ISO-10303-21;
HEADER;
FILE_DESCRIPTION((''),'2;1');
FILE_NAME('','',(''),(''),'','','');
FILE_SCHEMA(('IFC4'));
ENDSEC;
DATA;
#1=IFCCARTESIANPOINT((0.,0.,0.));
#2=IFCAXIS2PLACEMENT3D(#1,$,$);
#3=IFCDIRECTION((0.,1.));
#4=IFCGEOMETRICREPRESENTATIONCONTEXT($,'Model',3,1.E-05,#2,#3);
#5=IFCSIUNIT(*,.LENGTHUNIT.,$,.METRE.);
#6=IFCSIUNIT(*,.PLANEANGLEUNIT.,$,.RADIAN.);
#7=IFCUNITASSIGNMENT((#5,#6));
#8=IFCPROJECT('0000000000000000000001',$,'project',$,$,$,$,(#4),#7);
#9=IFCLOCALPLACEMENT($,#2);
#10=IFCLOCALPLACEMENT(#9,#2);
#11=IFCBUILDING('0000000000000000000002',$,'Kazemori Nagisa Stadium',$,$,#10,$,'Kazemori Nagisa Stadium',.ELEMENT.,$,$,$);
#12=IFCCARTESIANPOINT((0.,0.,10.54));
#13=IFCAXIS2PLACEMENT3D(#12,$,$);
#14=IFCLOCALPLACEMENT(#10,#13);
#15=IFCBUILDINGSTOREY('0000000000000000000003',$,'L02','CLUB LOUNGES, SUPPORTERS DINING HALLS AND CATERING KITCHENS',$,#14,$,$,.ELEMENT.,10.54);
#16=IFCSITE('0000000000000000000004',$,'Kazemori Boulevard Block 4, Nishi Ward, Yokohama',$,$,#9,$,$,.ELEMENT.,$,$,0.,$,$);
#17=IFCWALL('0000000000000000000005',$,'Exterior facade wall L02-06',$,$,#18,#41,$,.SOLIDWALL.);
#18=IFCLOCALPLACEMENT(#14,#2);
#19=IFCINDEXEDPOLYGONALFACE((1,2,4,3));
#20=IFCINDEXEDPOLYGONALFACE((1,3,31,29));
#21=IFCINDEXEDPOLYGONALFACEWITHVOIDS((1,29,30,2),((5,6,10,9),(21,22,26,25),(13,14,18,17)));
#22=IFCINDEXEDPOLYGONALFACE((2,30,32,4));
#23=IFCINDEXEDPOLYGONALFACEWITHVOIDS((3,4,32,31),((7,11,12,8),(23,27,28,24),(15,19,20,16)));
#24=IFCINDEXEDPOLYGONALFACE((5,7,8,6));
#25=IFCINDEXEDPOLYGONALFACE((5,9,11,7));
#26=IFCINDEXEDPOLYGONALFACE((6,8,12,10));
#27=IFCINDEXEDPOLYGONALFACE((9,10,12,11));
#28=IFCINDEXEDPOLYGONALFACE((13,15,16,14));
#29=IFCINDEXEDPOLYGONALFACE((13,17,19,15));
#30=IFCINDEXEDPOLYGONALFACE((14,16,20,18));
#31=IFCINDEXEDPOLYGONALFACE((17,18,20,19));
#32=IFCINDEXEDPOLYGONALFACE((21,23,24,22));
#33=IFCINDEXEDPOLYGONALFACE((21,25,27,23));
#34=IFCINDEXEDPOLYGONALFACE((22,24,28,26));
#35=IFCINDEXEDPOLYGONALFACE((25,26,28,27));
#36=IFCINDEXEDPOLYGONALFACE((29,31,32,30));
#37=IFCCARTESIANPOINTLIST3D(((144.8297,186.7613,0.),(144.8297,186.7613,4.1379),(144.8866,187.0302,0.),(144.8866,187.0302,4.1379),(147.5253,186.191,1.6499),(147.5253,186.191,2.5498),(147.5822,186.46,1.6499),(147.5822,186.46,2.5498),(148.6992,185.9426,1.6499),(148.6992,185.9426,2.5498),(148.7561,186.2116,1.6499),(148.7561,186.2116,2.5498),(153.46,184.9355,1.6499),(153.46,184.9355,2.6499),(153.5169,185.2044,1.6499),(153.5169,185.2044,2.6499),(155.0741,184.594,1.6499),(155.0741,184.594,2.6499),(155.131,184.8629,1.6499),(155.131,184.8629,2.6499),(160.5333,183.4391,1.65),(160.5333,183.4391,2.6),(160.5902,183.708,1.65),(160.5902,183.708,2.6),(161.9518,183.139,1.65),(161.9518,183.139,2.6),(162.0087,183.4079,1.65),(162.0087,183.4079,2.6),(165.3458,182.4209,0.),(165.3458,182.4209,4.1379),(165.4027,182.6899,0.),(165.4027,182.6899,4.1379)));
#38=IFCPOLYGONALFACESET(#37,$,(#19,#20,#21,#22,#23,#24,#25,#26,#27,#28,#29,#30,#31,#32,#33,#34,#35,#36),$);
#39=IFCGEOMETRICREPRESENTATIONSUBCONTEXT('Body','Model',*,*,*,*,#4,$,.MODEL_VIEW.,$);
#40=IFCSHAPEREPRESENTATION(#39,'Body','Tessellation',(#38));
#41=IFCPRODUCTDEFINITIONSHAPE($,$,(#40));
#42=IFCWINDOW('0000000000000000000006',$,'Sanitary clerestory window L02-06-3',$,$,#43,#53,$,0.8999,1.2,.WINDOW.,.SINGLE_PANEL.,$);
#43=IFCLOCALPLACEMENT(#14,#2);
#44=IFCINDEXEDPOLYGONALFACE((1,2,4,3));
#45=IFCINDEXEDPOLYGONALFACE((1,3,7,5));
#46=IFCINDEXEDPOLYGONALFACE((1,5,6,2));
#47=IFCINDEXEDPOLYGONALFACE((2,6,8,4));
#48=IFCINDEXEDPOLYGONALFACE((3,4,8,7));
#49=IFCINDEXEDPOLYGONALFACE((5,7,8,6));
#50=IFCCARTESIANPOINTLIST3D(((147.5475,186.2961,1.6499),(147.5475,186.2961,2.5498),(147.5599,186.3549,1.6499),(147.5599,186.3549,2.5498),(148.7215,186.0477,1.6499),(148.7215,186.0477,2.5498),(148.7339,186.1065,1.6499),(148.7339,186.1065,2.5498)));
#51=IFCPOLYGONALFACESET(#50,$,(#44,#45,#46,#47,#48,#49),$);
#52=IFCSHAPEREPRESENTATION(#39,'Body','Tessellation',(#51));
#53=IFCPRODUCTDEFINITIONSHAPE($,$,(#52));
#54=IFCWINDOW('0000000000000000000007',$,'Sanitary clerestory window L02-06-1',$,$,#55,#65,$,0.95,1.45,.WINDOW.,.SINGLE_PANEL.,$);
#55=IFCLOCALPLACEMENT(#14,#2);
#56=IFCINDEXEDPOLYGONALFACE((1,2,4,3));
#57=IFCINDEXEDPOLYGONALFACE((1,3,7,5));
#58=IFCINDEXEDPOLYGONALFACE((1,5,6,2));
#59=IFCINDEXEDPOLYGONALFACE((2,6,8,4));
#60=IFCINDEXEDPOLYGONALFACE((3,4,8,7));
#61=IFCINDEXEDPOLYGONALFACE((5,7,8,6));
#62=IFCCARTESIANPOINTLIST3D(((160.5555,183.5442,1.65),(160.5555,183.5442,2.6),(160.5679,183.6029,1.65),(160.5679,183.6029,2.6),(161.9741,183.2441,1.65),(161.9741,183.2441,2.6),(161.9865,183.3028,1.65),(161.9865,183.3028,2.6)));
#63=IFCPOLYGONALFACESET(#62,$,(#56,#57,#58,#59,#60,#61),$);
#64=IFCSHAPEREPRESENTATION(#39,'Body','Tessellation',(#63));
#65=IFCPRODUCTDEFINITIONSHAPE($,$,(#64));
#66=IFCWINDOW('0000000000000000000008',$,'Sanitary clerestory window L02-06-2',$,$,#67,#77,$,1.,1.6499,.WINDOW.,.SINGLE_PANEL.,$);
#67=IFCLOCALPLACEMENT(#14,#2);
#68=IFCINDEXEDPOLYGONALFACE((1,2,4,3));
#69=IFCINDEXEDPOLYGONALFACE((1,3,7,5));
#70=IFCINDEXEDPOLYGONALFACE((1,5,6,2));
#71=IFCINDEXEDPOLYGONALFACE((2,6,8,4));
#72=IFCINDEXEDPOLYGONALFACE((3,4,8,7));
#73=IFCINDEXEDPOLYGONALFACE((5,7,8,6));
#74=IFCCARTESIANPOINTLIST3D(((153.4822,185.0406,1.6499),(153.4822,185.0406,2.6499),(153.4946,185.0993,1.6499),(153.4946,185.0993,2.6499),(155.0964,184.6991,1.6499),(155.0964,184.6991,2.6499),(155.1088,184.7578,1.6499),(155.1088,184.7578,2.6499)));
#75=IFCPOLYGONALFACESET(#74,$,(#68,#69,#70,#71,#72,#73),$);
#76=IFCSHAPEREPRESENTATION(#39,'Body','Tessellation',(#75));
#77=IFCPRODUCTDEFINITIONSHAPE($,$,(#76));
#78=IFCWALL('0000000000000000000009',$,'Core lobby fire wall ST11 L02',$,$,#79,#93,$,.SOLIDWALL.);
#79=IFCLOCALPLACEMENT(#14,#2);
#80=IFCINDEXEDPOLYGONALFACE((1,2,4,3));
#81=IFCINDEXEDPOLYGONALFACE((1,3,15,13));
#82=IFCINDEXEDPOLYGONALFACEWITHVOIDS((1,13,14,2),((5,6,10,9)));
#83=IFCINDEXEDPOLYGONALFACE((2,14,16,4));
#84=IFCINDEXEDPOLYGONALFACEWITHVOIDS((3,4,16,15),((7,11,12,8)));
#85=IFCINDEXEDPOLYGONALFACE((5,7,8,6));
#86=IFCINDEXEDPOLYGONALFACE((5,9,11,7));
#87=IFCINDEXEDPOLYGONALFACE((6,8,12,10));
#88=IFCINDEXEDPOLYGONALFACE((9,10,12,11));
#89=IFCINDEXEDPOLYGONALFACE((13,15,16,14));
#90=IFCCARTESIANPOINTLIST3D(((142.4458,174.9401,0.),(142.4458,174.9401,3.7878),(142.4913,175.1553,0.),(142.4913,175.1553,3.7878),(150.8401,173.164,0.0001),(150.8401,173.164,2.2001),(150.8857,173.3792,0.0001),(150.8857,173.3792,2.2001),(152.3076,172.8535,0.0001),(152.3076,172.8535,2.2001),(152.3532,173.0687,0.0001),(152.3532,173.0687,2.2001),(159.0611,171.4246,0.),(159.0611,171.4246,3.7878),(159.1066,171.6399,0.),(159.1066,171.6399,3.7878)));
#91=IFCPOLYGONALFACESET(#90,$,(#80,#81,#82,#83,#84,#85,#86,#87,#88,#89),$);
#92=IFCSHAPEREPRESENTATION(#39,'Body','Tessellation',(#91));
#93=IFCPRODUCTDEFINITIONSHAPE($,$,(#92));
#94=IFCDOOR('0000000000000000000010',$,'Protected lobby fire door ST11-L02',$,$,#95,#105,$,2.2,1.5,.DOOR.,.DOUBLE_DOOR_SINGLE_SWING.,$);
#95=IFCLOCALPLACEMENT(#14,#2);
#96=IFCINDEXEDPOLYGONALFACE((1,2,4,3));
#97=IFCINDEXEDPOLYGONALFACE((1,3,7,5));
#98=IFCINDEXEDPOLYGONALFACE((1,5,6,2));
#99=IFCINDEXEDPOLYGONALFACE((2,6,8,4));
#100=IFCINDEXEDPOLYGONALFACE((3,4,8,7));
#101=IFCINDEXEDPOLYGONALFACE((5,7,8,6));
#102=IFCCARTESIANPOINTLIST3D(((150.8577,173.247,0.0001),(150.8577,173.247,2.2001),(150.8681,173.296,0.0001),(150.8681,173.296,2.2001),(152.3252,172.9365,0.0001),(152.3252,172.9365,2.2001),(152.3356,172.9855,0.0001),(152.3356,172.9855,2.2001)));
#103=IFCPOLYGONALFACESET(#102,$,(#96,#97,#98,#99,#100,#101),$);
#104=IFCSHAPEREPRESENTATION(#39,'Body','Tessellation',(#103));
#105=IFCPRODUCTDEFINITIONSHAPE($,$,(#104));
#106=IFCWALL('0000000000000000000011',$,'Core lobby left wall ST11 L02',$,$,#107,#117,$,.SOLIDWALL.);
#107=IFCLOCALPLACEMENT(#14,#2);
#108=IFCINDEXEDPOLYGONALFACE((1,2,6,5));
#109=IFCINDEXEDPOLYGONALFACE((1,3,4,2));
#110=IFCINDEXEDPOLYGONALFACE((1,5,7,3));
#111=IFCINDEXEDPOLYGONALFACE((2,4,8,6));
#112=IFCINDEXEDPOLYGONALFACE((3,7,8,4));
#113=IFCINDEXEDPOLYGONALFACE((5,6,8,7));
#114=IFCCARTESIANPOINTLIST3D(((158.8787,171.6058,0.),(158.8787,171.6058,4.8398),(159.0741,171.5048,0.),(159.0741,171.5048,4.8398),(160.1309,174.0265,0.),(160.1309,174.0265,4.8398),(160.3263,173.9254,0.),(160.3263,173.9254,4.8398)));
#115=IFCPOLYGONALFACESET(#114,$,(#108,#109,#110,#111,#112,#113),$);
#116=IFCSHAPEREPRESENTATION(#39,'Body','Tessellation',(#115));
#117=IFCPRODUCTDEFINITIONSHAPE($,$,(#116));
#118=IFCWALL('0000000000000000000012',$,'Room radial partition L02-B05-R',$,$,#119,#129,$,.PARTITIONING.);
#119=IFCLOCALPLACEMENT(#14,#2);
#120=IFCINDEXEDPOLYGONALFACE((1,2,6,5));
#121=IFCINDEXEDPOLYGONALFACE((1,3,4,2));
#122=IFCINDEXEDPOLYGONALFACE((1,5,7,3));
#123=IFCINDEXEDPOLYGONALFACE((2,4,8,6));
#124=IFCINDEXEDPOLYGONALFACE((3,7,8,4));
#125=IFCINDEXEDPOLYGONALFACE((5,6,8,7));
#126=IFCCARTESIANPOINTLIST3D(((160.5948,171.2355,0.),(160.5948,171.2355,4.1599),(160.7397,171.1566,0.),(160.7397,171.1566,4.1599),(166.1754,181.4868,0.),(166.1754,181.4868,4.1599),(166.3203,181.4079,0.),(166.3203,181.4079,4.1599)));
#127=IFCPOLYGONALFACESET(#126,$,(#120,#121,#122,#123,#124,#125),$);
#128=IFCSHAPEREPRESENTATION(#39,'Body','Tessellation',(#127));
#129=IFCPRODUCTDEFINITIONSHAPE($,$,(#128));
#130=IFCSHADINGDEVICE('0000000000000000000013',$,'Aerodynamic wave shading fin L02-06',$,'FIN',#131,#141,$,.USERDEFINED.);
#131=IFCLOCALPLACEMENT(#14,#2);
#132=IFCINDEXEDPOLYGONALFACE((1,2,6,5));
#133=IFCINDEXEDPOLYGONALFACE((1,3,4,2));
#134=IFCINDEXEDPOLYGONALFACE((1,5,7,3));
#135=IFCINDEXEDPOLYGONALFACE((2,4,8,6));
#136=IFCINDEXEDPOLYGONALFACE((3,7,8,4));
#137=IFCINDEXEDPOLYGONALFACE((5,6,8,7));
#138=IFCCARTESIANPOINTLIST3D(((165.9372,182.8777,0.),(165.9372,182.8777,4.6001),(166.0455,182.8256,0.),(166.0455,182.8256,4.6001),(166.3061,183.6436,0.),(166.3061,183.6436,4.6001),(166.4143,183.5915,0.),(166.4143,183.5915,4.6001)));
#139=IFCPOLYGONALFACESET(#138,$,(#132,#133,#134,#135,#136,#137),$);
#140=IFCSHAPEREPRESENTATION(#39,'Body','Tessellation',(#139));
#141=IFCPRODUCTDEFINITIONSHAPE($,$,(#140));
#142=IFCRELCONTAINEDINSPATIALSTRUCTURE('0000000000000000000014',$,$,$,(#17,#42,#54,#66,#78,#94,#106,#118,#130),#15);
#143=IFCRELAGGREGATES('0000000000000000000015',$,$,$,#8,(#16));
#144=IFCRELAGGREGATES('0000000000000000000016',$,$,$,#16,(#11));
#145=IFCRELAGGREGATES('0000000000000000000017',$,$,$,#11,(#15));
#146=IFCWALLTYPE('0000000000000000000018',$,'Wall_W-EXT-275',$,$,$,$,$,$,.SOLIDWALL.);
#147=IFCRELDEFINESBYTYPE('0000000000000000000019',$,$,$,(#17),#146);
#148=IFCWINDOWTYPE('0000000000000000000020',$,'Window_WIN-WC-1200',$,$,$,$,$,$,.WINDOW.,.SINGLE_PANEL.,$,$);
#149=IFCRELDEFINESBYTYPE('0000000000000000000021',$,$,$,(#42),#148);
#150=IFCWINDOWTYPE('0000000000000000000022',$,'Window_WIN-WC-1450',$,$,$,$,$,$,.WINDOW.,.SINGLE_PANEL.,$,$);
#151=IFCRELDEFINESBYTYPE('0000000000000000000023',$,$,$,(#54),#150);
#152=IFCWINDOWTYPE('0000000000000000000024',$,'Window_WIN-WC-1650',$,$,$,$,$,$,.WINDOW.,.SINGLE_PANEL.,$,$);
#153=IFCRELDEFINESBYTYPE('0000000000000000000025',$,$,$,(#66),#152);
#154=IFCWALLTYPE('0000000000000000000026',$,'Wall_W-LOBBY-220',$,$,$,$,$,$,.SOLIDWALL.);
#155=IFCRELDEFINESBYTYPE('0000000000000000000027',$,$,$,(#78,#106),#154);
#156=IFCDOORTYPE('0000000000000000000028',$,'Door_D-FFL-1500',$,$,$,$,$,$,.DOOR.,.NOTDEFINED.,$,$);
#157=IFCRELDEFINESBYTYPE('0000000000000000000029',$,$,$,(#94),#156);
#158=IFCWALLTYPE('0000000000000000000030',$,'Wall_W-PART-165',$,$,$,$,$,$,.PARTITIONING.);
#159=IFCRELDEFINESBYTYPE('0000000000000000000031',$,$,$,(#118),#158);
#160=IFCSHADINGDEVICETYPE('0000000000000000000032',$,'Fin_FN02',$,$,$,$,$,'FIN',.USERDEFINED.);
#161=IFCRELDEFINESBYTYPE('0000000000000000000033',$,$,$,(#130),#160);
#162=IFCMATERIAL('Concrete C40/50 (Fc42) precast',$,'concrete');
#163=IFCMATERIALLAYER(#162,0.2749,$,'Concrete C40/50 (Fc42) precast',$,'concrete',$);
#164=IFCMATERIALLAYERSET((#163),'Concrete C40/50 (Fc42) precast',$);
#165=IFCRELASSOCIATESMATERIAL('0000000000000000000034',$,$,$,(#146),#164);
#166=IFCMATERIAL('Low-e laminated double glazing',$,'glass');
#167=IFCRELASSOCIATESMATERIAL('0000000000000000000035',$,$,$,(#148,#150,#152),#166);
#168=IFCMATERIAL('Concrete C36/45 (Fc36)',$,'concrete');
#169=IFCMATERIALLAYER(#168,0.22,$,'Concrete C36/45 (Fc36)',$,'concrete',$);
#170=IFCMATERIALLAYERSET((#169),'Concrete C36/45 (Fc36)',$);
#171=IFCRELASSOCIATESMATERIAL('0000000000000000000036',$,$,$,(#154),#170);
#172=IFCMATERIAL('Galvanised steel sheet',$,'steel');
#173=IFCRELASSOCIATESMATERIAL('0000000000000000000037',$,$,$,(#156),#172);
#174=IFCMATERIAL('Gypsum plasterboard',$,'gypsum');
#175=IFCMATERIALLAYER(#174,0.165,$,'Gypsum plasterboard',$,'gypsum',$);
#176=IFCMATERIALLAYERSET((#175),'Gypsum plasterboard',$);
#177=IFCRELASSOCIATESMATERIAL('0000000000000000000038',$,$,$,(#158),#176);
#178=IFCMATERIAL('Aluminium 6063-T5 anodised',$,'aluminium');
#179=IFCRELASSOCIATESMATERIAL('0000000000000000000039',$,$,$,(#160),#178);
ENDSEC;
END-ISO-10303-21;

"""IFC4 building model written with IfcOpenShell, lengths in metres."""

from ifc_helpers import new_model, si_unit, direction, frame, frame_2d, origin, origin_2d, place, context, subcontext, project, spatial, rectangle, extrude, material, layer, layer_set, type_object, element, fill, save


model = new_model("IFC4")

# Units and contexts
model_context = context("Model", 3, precision=1e-05, world=origin(), true_north=direction((0.0, 1.0)))
body_context = subcontext(model_context, "Body", "Model", "MODEL_VIEW")
ifc_project = project(units=[si_unit("LENGTHUNIT", "METRE"), si_unit("PLANEANGLEUNIT", "RADIAN")], contexts=[model_context])

# Site, building, storey
site_placement = place(None, origin())
site = spatial("IfcSite", under=ifc_project, at=site_placement, Name="Kazemori Boulevard Block 4, Nishi Ward, Yokohama", CompositionType="ELEMENT", RefElevation=0.0)
building_placement = place(site_placement, origin())
building = spatial("IfcBuilding", under=site, at=building_placement, Name="Kazemori Nagisa Stadium", LongName="Kazemori Nagisa Stadium", CompositionType="ELEMENT")
storey_placement = place(building_placement, frame((0.0, 0.0, 10.54)))
storey = spatial("IfcBuildingStorey", under=building, at=storey_placement, Name="L02", Description="CLUB LOUNGES, SUPPORTERS DINING HALLS AND CATERING KITCHENS", CompositionType="ELEMENT", Elevation=10.54)

# Shared definitions
ifc_material_1 = material(Name="Aluminium 6063-T5 anodised", Category="aluminium")
ifc_material_2 = material(Name="Low-e laminated double glazing", Category="glass")

# Shared definitions
ifc_material_3 = material(Name="Galvanised steel sheet", Category="steel")

# Wall, openings, windows
ifc_material_4 = material(Name="Concrete C40/50 (Fc42) precast", Category="concrete")
ifc_layer_1 = layer(ifc_material_4, 0.2749, Name="Concrete C40/50 (Fc42) precast", Category="concrete")
ifc_layer_set_1 = layer_set([ifc_layer_1], Name="Concrete C40/50 (Fc42) precast")
wall_type_1 = type_object("IfcWallType", Name="Wall_W-EXT-275", PredefinedType="SOLIDWALL", material=ifc_layer_set_1)
wall_1_placement = place(storey_placement, frame((165.3743, 182.5554, 0.0), z_axis=(0.0, 0.0, 1.0), x_axis=(-0.978346, 0.206976, 0.0)))
wall_1 = element("IfcWall", 1, at=wall_1_placement, inside=storey, type_object=wall_type_1, Name="Exterior facade wall L02-06", PredefinedType="SOLIDWALL", context=body_context, shape_type="SweptSolid", body=[
    extrude(rectangle(XDim=20.9702, YDim=0.2749, at=frame_2d((10.4851, 0.0))), origin(), (0.0, 0.0, 1.0), 4.1379),
])
opening_1_placement = place(wall_1_placement, frame((3.469, 0.0, 1.6499)))
opening_1 = element("IfcOpeningElement", 2, at=opening_1_placement, cuts=wall_1, PredefinedType="OPENING", context=body_context, shape_type="SweptSolid", body=[
    extrude(rectangle(XDim=1.45, YDim=0.95, at=frame_2d((0.7251, 0.4751))), frame((0.0, 0.1475, 0.0), z_axis=(0.0, -1.0, 0.0), x_axis=(1.0, 0.0, 0.0)), (0.0, 0.0, 1.0), 0.2949),
])
opening_2_placement = place(wall_1_placement, frame((10.499, 0.0, 1.6499)))
opening_2 = element("IfcOpeningElement", 3, at=opening_2_placement, cuts=wall_1, PredefinedType="OPENING", context=body_context, shape_type="SweptSolid", body=[
    extrude(rectangle(XDim=1.6499, YDim=1.0, at=frame_2d((0.825, 0.5))), frame((0.0, 0.1475, 0.0), z_axis=(0.0, -1.0, 0.0), x_axis=(1.0, 0.0, 0.0)), (0.0, 0.0, 1.0), 0.2949),
])
opening_3_placement = place(wall_1_placement, frame((17.0149, 0.0, 1.6499)))
opening_3 = element("IfcOpeningElement", 4, at=opening_3_placement, cuts=wall_1, PredefinedType="OPENING", context=body_context, shape_type="SweptSolid", body=[
    extrude(rectangle(XDim=1.2, YDim=0.8999, at=frame_2d((0.6001, 0.45))), frame((0.0, 0.1475, 0.0), z_axis=(0.0, -1.0, 0.0), x_axis=(1.0, 0.0, 0.0)), (0.0, 0.0, 1.0), 0.2949),
])
window_type_1 = type_object("IfcWindowType", Name="Window_WIN-WC-1200", PartitioningType="SINGLE_PANEL", PredefinedType="WINDOW", material=ifc_material_2)
window_1_placement = place(opening_3_placement, origin())
window_1 = element("IfcWindow", 5, at=window_1_placement, inside=storey, type_object=window_type_1, Name="Sanitary clerestory window L02-06-3", OverallHeight=0.8999, OverallWidth=1.2, PartitioningType="SINGLE_PANEL", PredefinedType="WINDOW", context=body_context, shape_type="SweptSolid", body=[
    extrude(rectangle(XDim=1.2, YDim=0.8999, at=frame_2d((0.6001, 0.45))), frame((0.0, 0.03, 0.0), z_axis=(0.0, -1.0, 0.0), x_axis=(1.0, 0.0, 0.0)), (0.0, 0.0, 1.0), 0.0601),
])
fill(opening_3, window_1)
window_type_2 = type_object("IfcWindowType", Name="Window_WIN-WC-1450", PartitioningType="SINGLE_PANEL", PredefinedType="WINDOW", material=ifc_material_2)
window_2_placement = place(opening_1_placement, origin())
window_2 = element("IfcWindow", 6, at=window_2_placement, inside=storey, type_object=window_type_2, Name="Sanitary clerestory window L02-06-1", OverallHeight=0.95, OverallWidth=1.45, PartitioningType="SINGLE_PANEL", PredefinedType="WINDOW", context=body_context, shape_type="SweptSolid", body=[
    extrude(rectangle(XDim=1.45, YDim=0.95, at=frame_2d((0.7251, 0.4751))), frame((0.0, 0.03, 0.0), z_axis=(0.0, -1.0, 0.0), x_axis=(1.0, 0.0, 0.0)), (0.0, 0.0, 1.0), 0.0601),
])
fill(opening_1, window_2)
window_type_3 = type_object("IfcWindowType", Name="Window_WIN-WC-1650", PartitioningType="SINGLE_PANEL", PredefinedType="WINDOW", material=ifc_material_2)
window_3_placement = place(opening_2_placement, origin())
window_3 = element("IfcWindow", 7, at=window_3_placement, inside=storey, type_object=window_type_3, Name="Sanitary clerestory window L02-06-2", OverallHeight=1.0, OverallWidth=1.6499, PartitioningType="SINGLE_PANEL", PredefinedType="WINDOW", context=body_context, shape_type="SweptSolid", body=[
    extrude(rectangle(XDim=1.6499, YDim=1.0, at=frame_2d((0.825, 0.5))), frame((0.0, 0.03, 0.0), z_axis=(0.0, -1.0, 0.0), x_axis=(1.0, 0.0, 0.0)), (0.0, 0.0, 1.0), 0.0601),
])
fill(opening_2, window_3)

# Wall, opening, door
ifc_material_5 = material(Name="Concrete C36/45 (Fc36)", Category="concrete")
ifc_layer_2 = layer(ifc_material_5, 0.22, Name="Concrete C36/45 (Fc36)", Category="concrete")
ifc_layer_set_2 = layer_set([ifc_layer_2], Name="Concrete C36/45 (Fc36)")
wall_type_2 = type_object("IfcWallType", Name="Wall_W-LOBBY-220", PredefinedType="SOLIDWALL", material=ifc_layer_set_2)
wall_2_placement = place(storey_placement, frame((159.084, 171.5322, 0.0), z_axis=(0.0, 0.0, 1.0), x_axis=(-0.978342, 0.206994, 0.0)))
wall_2 = element("IfcWall", 8, at=wall_2_placement, inside=storey, type_object=wall_type_2, Name="Core lobby fire wall ST11 L02", PredefinedType="SOLIDWALL", context=body_context, shape_type="SweptSolid", body=[
    extrude(rectangle(XDim=16.9832, YDim=0.22, at=frame_2d((8.4917, 0.0))), origin(), (0.0, 0.0, 1.0), 3.7878),
])
opening_4_placement = place(wall_2_placement, frame((6.9031, 0.0, 0.0)))
opening_4 = element("IfcOpeningElement", 9, at=opening_4_placement, cuts=wall_2, PredefinedType="OPENING", context=body_context, shape_type="SweptSolid", body=[
    extrude(rectangle(XDim=1.5, YDim=2.2, at=frame_2d((0.75, 1.1001))), frame((0.0, 0.1199, 0.0), z_axis=(0.0, -1.0, 0.0), x_axis=(1.0, 0.0, 0.0)), (0.0, 0.0, 1.0), 0.24),
])
door_type_1 = type_object("IfcDoorType", Name="Door_D-FFL-1500", OperationType="NOTDEFINED", PredefinedType="DOOR", material=ifc_material_3)
door_1_placement = place(opening_4_placement, frame((1.5, 0.0, 0.0), z_axis=(0.0, 0.0, 1.0), x_axis=(-1.0, 0.0, 0.0)))
door_1 = element("IfcDoor", 10, at=door_1_placement, inside=storey, type_object=door_type_1, Name="Protected lobby fire door ST11-L02", OperationType="DOUBLE_DOOR_SINGLE_SWING", OverallHeight=2.2, OverallWidth=1.5, PredefinedType="DOOR", context=body_context, shape_type="SweptSolid", body=[
    extrude(rectangle(XDim=1.5, YDim=2.2, at=frame_2d((0.75, 1.1001))), frame((0.0, 0.0249, 0.0), z_axis=(0.0, -1.0, 0.0), x_axis=(1.0, 0.0, 0.0)), (0.0, 0.0, 1.0), 0.05),
])
fill(opening_4, door_1)

# Walls
wall_3_placement = place(storey_placement, frame((158.9763, 171.5552, 0.0), z_axis=(0.0, 0.0, 1.0), x_axis=(0.459462, 0.888197, 0.0)))
element("IfcWall", 11, at=wall_3_placement, inside=storey, type_object=wall_type_2, Name="Core lobby left wall ST11 L02", PredefinedType="SOLIDWALL", context=body_context, shape_type="SweptSolid", body=[
    extrude(rectangle(XDim=2.7253, YDim=0.22, at=frame_2d((1.3628, 0.0))), origin(), (0.0, 0.0, 1.0), 4.8398),
])
ifc_material_6 = material(Name="Gypsum plasterboard", Category="gypsum")
ifc_layer_3 = layer(ifc_material_6, 0.165, Name="Gypsum plasterboard", Category="gypsum")
ifc_layer_set_3 = layer_set([ifc_layer_3], Name="Gypsum plasterboard")
wall_type_3 = type_object("IfcWallType", Name="Wall_W-PART-165", PredefinedType="PARTITIONING", material=ifc_layer_set_3)
wall_4_placement = place(storey_placement, frame((160.6672, 171.196, 0.0), z_axis=(0.0, 0.0, 1.0), x_axis=(0.478125, 0.878292, 0.0)))
element("IfcWall", 12, at=wall_4_placement, inside=storey, type_object=wall_type_3, Name="Room radial partition L02-B05-R", PredefinedType="PARTITIONING", context=body_context, shape_type="SweptSolid", body=[
    extrude(rectangle(XDim=11.6719, YDim=0.165, at=frame_2d((5.8359, 0.0))), origin(), (0.0, 0.0, 1.0), 4.1599),
])

# Shading device
shading_device_type = type_object("IfcShadingDeviceType", Name="Fin_FN02", ElementType="FIN", PredefinedType="USERDEFINED", material=ifc_material_1)
shading_device_placement = place(storey_placement, frame((166.1758, 183.2346, 0.0), z_axis=(0.0, 0.0, 1.0), x_axis=(0.433884, 0.900969, 0.0)))
element("IfcShadingDevice", 13, at=shading_device_placement, inside=storey, type_object=shading_device_type, Name="Aerodynamic wave shading fin L02-06", ObjectType="FIN", PredefinedType="USERDEFINED", context=body_context, shape_type="SweptSolid", body=[
    extrude(rectangle(XDim=0.8501, YDim=0.1201, at=origin_2d()), origin(), (0.0, 0.0, 1.0), 4.6001),
])

save(model, "model.ifc")
